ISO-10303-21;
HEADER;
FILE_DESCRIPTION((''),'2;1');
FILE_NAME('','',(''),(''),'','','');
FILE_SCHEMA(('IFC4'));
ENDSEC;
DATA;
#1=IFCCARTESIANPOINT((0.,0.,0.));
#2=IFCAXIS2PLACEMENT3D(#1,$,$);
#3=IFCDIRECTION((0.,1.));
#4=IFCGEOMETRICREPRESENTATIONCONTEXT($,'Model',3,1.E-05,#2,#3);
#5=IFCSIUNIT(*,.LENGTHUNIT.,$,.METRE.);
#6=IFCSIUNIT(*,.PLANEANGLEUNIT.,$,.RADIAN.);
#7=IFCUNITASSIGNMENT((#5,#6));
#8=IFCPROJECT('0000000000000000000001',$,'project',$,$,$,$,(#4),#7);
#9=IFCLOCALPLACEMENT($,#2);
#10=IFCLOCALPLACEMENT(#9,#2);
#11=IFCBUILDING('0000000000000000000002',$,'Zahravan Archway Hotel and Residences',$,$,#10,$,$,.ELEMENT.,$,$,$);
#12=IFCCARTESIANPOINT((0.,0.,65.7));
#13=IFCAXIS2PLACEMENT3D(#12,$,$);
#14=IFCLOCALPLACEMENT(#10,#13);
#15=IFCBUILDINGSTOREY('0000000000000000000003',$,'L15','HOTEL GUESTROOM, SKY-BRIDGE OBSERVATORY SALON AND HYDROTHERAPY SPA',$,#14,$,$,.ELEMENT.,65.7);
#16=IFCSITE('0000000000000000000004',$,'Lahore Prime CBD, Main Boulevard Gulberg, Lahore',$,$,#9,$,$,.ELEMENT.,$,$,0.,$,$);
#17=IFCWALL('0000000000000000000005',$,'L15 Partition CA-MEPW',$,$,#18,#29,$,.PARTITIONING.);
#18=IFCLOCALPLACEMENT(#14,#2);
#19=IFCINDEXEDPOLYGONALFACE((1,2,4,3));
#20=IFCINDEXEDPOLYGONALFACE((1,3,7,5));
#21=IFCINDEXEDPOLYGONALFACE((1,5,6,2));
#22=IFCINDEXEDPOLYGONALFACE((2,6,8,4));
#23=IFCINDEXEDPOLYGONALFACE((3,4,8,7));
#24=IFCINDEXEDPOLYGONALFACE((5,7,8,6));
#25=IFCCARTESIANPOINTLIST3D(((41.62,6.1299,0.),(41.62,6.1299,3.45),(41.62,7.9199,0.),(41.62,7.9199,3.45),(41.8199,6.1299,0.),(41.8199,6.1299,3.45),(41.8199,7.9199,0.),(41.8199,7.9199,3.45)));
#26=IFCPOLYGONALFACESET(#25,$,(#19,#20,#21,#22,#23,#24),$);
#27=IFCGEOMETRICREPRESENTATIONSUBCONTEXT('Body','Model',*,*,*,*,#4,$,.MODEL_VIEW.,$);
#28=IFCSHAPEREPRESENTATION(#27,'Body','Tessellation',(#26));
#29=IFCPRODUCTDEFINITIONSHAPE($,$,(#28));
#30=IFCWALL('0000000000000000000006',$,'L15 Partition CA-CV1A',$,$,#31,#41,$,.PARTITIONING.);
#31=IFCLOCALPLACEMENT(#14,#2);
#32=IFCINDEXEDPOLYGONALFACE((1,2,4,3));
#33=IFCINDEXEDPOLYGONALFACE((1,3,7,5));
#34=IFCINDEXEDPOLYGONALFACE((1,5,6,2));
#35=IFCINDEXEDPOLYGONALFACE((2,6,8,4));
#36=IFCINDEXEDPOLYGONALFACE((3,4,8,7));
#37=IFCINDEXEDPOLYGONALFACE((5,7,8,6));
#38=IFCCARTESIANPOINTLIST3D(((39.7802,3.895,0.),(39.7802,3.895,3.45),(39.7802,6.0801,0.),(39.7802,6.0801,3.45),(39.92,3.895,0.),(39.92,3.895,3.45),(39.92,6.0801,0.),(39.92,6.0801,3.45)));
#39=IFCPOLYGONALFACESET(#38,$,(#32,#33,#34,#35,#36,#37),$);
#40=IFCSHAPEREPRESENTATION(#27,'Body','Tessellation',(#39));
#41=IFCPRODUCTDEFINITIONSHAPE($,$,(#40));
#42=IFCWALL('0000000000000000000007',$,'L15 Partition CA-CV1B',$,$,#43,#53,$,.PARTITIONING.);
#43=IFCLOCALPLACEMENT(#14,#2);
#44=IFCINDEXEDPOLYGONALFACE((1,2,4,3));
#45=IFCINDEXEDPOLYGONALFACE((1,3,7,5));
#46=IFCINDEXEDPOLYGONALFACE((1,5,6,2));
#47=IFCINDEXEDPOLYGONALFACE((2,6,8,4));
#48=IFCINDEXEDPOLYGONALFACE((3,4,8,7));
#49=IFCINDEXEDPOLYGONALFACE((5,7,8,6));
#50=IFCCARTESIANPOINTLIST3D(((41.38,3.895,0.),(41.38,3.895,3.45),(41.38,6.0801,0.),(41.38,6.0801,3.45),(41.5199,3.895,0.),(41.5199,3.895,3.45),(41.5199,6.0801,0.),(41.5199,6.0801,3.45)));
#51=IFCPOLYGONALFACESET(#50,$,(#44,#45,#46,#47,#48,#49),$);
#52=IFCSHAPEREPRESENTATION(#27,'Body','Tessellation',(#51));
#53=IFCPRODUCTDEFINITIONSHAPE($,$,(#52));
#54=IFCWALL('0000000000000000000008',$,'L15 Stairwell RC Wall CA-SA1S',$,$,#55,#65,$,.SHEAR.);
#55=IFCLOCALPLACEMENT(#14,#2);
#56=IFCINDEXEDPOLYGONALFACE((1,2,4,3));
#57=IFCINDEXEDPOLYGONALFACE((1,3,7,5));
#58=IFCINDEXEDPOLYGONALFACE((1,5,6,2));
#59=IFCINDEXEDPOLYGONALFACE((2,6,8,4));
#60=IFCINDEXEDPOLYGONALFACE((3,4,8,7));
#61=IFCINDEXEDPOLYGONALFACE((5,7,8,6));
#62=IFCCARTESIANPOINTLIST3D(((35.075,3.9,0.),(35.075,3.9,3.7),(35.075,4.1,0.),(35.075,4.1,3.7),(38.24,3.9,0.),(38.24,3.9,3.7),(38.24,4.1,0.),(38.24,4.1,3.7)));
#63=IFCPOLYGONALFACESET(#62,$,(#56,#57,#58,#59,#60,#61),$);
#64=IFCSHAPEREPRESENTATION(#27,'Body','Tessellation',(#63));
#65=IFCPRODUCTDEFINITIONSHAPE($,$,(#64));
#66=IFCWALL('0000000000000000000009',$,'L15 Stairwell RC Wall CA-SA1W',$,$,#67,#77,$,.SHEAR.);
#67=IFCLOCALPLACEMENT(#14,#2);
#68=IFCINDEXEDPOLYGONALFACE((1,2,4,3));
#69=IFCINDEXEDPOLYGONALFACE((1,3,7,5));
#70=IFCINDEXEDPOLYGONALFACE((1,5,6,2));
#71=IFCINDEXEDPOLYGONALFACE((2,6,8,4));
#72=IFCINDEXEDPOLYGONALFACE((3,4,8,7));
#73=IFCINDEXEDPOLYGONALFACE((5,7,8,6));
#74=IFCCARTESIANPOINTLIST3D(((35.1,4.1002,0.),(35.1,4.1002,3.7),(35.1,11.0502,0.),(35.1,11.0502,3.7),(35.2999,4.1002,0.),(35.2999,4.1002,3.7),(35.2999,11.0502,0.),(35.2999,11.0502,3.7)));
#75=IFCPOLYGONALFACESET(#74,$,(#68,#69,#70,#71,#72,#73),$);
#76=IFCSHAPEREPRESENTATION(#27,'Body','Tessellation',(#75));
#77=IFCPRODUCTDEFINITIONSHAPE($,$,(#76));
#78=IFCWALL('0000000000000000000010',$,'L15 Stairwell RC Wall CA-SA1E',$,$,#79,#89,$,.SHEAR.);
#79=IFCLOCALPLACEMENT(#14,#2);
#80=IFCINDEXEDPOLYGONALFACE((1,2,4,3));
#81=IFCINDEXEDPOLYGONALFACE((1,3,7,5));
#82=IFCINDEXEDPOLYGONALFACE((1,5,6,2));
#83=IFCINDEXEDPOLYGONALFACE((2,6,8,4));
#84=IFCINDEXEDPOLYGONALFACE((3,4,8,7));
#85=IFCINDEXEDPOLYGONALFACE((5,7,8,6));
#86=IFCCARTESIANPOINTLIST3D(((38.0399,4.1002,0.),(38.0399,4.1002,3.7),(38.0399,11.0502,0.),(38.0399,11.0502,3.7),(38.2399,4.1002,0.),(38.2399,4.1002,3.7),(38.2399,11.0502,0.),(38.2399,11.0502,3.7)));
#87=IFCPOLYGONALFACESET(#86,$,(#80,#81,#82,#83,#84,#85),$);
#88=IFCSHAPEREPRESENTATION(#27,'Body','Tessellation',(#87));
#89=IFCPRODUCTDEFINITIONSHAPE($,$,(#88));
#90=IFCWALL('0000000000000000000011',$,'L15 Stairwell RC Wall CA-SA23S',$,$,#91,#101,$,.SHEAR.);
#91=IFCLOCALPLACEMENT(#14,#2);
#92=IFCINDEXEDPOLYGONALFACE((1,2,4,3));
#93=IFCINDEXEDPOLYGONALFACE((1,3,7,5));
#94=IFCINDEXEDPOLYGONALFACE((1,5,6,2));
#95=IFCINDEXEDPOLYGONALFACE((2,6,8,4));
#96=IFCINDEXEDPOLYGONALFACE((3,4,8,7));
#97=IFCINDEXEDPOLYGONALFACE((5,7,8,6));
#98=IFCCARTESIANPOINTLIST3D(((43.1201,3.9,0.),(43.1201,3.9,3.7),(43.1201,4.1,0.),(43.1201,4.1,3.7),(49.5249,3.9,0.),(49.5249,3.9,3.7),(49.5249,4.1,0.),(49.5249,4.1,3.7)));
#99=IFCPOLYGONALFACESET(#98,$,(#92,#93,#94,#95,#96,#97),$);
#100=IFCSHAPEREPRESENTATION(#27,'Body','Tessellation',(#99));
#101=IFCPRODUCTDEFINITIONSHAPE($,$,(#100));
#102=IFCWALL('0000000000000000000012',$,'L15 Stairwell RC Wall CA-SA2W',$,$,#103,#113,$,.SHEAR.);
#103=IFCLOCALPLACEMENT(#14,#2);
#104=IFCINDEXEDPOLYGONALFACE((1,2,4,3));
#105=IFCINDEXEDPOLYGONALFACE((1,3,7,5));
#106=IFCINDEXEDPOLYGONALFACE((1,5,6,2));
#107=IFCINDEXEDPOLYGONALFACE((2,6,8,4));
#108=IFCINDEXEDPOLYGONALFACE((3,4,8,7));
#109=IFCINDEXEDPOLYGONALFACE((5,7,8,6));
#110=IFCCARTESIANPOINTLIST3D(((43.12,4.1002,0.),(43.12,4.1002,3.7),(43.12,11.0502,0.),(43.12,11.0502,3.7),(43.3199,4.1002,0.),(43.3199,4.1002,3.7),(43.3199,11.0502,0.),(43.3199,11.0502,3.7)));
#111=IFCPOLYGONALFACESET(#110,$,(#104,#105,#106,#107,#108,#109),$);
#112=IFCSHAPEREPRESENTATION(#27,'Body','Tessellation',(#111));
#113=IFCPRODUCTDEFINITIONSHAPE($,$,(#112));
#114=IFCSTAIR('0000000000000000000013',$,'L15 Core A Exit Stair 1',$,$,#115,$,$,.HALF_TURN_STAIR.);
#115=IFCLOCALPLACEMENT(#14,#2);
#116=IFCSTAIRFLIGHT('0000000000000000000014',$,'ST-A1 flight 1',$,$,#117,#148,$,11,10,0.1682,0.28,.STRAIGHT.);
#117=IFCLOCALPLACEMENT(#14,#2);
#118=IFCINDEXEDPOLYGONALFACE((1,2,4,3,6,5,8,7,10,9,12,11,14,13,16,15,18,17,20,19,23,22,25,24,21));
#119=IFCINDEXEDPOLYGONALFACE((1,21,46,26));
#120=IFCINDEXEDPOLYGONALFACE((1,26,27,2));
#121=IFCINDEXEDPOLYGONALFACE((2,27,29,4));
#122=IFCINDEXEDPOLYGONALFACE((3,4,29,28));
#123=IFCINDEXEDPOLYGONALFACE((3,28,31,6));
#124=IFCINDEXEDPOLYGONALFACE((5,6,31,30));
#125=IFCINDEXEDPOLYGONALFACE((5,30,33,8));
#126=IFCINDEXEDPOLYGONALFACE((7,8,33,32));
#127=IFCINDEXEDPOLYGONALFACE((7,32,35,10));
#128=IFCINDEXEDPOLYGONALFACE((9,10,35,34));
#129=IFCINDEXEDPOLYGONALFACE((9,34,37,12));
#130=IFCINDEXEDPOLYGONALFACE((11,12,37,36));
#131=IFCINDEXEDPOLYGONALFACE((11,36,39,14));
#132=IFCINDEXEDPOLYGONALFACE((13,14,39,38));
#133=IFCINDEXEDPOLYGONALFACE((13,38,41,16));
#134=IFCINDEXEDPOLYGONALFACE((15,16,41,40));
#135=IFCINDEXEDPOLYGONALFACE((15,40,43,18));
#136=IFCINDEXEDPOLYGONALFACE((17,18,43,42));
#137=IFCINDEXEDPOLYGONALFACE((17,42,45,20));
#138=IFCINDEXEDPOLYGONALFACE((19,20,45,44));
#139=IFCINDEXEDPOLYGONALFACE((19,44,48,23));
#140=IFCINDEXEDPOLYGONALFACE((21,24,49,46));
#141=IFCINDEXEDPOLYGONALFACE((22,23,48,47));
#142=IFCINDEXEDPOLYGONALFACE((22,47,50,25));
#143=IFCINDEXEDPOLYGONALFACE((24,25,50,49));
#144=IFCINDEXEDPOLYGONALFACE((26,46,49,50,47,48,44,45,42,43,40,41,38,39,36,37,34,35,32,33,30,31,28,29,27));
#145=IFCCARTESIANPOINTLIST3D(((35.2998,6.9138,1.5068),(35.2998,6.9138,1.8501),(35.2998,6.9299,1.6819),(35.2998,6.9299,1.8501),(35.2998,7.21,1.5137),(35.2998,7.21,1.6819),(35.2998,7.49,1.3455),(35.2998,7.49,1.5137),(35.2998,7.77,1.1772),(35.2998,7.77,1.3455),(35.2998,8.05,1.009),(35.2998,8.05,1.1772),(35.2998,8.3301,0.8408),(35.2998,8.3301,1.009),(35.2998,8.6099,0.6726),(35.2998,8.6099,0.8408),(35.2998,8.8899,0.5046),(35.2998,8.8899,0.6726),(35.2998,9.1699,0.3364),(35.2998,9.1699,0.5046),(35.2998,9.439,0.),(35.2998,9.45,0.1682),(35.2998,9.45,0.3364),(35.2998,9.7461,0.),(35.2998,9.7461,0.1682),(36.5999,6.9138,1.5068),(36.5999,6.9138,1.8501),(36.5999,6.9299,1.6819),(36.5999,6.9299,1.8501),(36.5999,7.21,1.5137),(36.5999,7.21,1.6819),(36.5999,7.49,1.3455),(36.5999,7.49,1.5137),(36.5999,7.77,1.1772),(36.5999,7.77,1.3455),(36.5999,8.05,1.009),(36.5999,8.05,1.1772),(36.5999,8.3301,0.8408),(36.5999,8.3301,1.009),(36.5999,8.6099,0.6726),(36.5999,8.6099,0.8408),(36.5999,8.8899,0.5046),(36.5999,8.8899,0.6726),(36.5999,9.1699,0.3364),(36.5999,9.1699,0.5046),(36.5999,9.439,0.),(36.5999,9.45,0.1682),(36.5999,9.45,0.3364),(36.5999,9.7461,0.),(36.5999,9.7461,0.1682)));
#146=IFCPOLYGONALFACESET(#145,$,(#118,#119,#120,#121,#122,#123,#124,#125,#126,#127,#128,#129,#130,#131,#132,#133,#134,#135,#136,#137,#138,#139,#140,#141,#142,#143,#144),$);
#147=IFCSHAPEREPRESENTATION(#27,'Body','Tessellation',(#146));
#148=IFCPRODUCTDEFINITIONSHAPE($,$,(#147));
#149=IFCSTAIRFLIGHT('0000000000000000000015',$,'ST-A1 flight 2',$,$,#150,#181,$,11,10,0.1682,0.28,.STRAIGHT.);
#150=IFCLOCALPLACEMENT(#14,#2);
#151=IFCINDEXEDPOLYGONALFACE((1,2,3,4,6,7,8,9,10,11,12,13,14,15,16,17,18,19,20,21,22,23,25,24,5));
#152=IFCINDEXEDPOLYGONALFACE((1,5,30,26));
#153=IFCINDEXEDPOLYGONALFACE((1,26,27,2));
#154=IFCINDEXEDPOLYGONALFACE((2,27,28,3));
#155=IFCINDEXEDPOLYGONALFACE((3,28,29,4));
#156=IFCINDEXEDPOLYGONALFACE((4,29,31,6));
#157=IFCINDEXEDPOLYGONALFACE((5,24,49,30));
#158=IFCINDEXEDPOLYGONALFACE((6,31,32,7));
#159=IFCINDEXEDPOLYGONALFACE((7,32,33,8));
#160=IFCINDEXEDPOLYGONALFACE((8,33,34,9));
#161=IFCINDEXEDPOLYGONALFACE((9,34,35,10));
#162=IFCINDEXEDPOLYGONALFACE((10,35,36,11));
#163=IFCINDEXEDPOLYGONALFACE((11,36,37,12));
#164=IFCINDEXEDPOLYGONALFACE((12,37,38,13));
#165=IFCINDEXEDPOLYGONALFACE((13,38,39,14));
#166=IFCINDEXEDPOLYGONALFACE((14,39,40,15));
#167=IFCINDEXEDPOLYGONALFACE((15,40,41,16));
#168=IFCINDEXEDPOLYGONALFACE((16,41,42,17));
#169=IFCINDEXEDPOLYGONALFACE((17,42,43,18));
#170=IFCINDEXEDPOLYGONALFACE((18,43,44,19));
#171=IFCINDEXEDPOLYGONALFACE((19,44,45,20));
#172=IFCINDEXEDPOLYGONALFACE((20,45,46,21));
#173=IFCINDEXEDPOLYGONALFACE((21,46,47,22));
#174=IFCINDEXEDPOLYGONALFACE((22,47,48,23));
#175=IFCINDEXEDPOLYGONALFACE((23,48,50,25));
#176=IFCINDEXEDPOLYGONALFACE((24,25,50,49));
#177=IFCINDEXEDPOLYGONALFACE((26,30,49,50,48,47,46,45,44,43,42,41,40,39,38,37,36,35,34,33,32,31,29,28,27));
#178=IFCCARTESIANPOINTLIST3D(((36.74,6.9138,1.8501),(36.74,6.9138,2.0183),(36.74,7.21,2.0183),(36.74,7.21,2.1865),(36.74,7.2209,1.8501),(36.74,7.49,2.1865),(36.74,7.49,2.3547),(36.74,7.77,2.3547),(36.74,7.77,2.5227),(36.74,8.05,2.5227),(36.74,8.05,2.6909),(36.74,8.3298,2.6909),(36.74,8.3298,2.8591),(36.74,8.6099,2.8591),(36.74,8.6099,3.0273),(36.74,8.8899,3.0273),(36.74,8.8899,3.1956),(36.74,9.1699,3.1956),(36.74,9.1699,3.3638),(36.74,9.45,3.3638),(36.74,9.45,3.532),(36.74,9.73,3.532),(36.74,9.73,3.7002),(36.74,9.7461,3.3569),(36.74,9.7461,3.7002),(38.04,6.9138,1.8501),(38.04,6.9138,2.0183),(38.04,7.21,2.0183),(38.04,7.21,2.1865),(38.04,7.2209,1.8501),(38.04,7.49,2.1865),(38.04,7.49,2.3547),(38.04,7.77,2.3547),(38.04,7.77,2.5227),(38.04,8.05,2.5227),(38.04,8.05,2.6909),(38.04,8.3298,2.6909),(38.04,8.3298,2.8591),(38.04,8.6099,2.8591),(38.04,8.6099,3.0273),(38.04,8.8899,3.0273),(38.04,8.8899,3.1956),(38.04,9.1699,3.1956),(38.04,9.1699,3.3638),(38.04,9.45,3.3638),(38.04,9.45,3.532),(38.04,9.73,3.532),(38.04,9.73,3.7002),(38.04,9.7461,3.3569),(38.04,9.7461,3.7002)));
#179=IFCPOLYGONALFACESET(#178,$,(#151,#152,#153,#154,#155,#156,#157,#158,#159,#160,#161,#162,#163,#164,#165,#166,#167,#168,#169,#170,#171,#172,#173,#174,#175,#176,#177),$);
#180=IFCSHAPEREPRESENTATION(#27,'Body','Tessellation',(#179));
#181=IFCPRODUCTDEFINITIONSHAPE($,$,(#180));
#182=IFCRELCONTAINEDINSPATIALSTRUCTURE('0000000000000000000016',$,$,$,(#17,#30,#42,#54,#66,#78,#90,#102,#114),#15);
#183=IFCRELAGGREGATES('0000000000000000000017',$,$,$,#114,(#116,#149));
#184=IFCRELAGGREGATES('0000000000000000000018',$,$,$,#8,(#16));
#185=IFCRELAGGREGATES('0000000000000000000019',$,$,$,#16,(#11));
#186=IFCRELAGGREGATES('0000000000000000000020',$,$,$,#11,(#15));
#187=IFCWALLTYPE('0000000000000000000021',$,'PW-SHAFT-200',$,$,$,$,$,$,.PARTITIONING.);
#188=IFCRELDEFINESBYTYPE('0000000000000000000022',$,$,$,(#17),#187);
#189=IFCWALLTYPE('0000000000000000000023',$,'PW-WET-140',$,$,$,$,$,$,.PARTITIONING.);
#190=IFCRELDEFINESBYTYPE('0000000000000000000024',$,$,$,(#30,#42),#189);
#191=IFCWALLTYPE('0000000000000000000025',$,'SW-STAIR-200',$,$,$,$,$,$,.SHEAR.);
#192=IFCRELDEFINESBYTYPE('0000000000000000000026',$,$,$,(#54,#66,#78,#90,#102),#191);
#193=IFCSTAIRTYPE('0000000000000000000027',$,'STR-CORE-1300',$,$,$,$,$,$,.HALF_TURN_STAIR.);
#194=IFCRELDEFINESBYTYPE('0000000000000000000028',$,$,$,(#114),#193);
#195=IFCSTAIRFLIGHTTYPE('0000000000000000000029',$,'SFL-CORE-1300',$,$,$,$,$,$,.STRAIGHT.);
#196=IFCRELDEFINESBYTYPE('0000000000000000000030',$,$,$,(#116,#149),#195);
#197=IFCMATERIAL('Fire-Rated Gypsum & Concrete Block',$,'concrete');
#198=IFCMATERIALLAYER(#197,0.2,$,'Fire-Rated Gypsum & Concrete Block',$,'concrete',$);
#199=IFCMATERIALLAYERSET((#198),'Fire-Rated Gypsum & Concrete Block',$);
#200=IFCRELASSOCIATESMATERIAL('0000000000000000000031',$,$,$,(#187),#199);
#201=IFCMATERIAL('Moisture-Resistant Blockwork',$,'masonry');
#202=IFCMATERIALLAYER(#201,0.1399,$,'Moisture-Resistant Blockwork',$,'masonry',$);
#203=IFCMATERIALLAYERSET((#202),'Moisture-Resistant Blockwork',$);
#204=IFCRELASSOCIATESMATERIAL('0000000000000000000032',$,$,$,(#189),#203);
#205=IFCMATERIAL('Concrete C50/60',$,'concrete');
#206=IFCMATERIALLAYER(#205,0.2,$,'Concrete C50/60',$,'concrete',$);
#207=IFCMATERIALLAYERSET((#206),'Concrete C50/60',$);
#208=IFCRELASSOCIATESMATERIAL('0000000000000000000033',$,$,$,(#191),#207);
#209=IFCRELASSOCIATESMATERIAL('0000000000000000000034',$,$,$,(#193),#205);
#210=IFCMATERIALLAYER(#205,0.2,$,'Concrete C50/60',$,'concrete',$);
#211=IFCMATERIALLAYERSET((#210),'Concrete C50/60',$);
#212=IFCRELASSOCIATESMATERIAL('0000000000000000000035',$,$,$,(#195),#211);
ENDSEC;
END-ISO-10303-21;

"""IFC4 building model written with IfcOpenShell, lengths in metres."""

from ifc_helpers import new_model, si_unit, direction, frame, frame_2d, origin, place, context, subcontext, project, spatial, polyline, rectangle, outline, extrude, source, transform, mapped, material, layer, layer_set, type_object, element, aggregate, save


model = new_model("IFC4")

# Units and contexts
model_context = context("Model", 3, precision=1e-05, world=origin(), true_north=direction((0.0, 1.0)))
body_context = subcontext(model_context, "Body", "Model", "MODEL_VIEW")
ifc_project = project(units=[si_unit("LENGTHUNIT", "METRE"), si_unit("PLANEANGLEUNIT", "RADIAN")], contexts=[model_context])

# Site, building, storey
site_placement = place(None, origin())
site = spatial("IfcSite", under=ifc_project, at=site_placement, Name="Lahore Prime CBD, Main Boulevard Gulberg, Lahore", CompositionType="ELEMENT", RefElevation=0.0)
building_placement = place(site_placement, origin())
building = spatial("IfcBuilding", under=site, at=building_placement, Name="Zahravan Archway Hotel and Residences", CompositionType="ELEMENT")
storey_placement = place(building_placement, frame((0.0, 0.0, 65.7)))
storey = spatial("IfcBuildingStorey", under=building, at=storey_placement, Name="L15", Description="HOTEL GUESTROOM, SKY-BRIDGE OBSERVATORY SALON AND HYDROTHERAPY SPA", CompositionType="ELEMENT", Elevation=65.7)

# Shared definitions
ifc_material_1 = material(Name="Fire-Rated Gypsum & Concrete Block", Category="concrete")
ifc_layer_1 = layer(ifc_material_1, 0.2, Name="Fire-Rated Gypsum & Concrete Block", Category="concrete")
ifc_layer_set_1 = layer_set([ifc_layer_1], Name="Fire-Rated Gypsum & Concrete Block")
wall_type_1 = type_object("IfcWallType", Name="PW-SHAFT-200", PredefinedType="PARTITIONING", material=ifc_layer_set_1)

# Walls
wall_1_placement = place(storey_placement, frame((41.72, 6.1299, 0.0), z_axis=(0.0, 0.0, 1.0), x_axis=(0.0, 1.0, 0.0)))
element("IfcWall", 1, at=wall_1_placement, inside=storey, type_object=wall_type_1, Name="L15 Partition CA-MEPW", PredefinedType="PARTITIONING", context=body_context, shape_type="SweptSolid", body=[
    extrude(rectangle(XDim=1.79, YDim=0.2, at=frame_2d((0.895, 0.0))), origin(), (0.0, 0.0, 1.0), 3.45),
])
ifc_material_2 = material(Name="Moisture-Resistant Blockwork", Category="masonry")
ifc_layer_2 = layer(ifc_material_2, 0.1399, Name="Moisture-Resistant Blockwork", Category="masonry")
ifc_layer_set_2 = layer_set([ifc_layer_2], Name="Moisture-Resistant Blockwork")
wall_type_2 = type_object("IfcWallType", Name="PW-WET-140", PredefinedType="PARTITIONING", material=ifc_layer_set_2)
for number, where, z_axis, x_axis, name in (
    (2, (39.8501, 3.895, 0.0), (0.0, 0.0, 1.0), (0.0, 1.0, 0.0), "L15 Partition CA-CV1A"),
    (3, (41.45, 3.895, 0.0), (0.0, 0.0, 1.0), (0.0, 1.0, 0.0), "L15 Partition CA-CV1B"),
):
    element("IfcWall", number, at=place(storey_placement, frame(where, z_axis=z_axis, x_axis=x_axis)), inside=storey, type_object=wall_type_2, Name=name, PredefinedType="PARTITIONING", context=body_context, shape_type="SweptSolid", body=[
        extrude(rectangle(XDim=2.1851, YDim=0.1399, at=frame_2d((1.0925, 0.0))), origin(), (0.0, 0.0, 1.0), 3.45),
    ])
ifc_material_3 = material(Name="Concrete C50/60", Category="concrete")
ifc_layer_3 = layer(ifc_material_3, 0.2, Name="Concrete C50/60", Category="concrete")
ifc_layer_set_3 = layer_set([ifc_layer_3], Name="Concrete C50/60")
wall_type_3 = type_object("IfcWallType", Name="SW-STAIR-200", PredefinedType="SHEAR", material=ifc_layer_set_3)
wall_2_placement = place(storey_placement, frame((35.075, 4.0, 0.0), z_axis=(0.0, 0.0, 1.0), x_axis=(1.0, 0.0, 0.0)))
element("IfcWall", 4, at=wall_2_placement, inside=storey, type_object=wall_type_3, Name="L15 Stairwell RC Wall CA-SA1S", PredefinedType="SHEAR", context=body_context, shape_type="SweptSolid", body=[
    extrude(rectangle(XDim=3.165, YDim=0.2, at=frame_2d((1.5825, 0.0))), origin(), (0.0, 0.0, 1.0), 3.7),
])
for number, where, z_axis, x_axis, name in (
    (5, (35.2, 4.1001, 0.0), (0.0, 0.0, 1.0), (0.0, 1.0, 0.0), "L15 Stairwell RC Wall CA-SA1W"),
    (6, (38.1399, 4.1001, 0.0), (0.0, 0.0, 1.0), (0.0, 1.0, 0.0), "L15 Stairwell RC Wall CA-SA1E"),
):
    element("IfcWall", number, at=place(storey_placement, frame(where, z_axis=z_axis, x_axis=x_axis)), inside=storey, type_object=wall_type_3, Name=name, PredefinedType="SHEAR", context=body_context, shape_type="SweptSolid", body=[
        extrude(rectangle(XDim=6.95, YDim=0.2, at=frame_2d((3.4751, 0.0))), origin(), (0.0, 0.0, 1.0), 3.7),
    ])
wall_3_placement = place(storey_placement, frame((43.1201, 4.0, 0.0), z_axis=(0.0, 0.0, 1.0), x_axis=(1.0, 0.0, 0.0)))
element("IfcWall", 7, at=wall_3_placement, inside=storey, type_object=wall_type_3, Name="L15 Stairwell RC Wall CA-SA23S", PredefinedType="SHEAR", context=body_context, shape_type="SweptSolid", body=[
    extrude(rectangle(XDim=6.4048, YDim=0.2, at=frame_2d((3.2024, 0.0))), origin(), (0.0, 0.0, 1.0), 3.7),
])
wall_4_placement = place(storey_placement, frame((43.22, 4.1001, 0.0), z_axis=(0.0, 0.0, 1.0), x_axis=(0.0, 1.0, 0.0)))
element("IfcWall", 8, at=wall_4_placement, inside=storey, type_object=wall_type_3, Name="L15 Stairwell RC Wall CA-SA2W", PredefinedType="SHEAR", context=body_context, shape_type="SweptSolid", body=[
    extrude(rectangle(XDim=6.95, YDim=0.2, at=frame_2d((3.4751, 0.0))), origin(), (0.0, 0.0, 1.0), 3.7),
])

# Stair, stair flights
stair_type = type_object("IfcStairType", Name="STR-CORE-1300", PredefinedType="HALF_TURN_STAIR", material=ifc_material_3)
stair_placement = place(storey_placement, origin())
stair = element("IfcStair", 9, at=stair_placement, inside=storey, type_object=stair_type, Name="L15 Core A Exit Stair 1", PredefinedType="HALF_TURN_STAIR")
ifc_layer_4 = layer(ifc_material_3, 0.2, Name="Concrete C50/60", Category="concrete")
ifc_layer_set_4 = layer_set([ifc_layer_4], Name="Concrete C50/60")
stair_flight_type = type_object("IfcStairFlightType", Name="SFL-CORE-1300", PredefinedType="STRAIGHT", material=ifc_layer_set_4)
shared_shape_1 = source(origin(), body_context, "Body", "SweptSolid", [
    extrude(outline(polyline([(-0.0161, 0.0), (-0.0161, 0.1682), (0.28, 0.1682), (0.28, 0.3364), (0.5601, 0.3364), (0.5601, 0.5046), (0.8401, 0.5046), (0.8401, 0.6726), (1.1201, 0.6726), (1.1201, 0.8408), (1.3999, 0.8408), (1.3999, 1.009), (1.6799, 1.009), (1.6799, 1.1772), (1.96, 1.1772), (1.96, 1.3455), (2.24, 1.3455), (2.24, 1.5137), (2.52, 1.5137), (2.52, 1.6819), (2.8, 1.6819), (2.8, 1.8501), (2.8162, 1.8501), (2.8162, 1.5068), (0.291, 0.0), (-0.0161, 0.0)])), frame((0.0, 0.6499, 0.0), z_axis=(0.0, -1.0, 0.0), x_axis=(1.0, 0.0, 0.0)), (0.0, 0.0, 1.0), 1.3),
])
stair_flight_1_placement = place(storey_placement, frame((35.95, 9.73, 0.0), z_axis=(0.0, 0.0, 1.0), x_axis=(0.0, -1.0, 0.0)))
stair_flight_1 = element("IfcStairFlight", 10, at=stair_flight_1_placement, type_object=stair_flight_type, Name="ST-A1 flight 1", NumberOfRisers=11, NumberOfTreads=10, PredefinedType="STRAIGHT", RiserHeight=0.1682, TreadLength=0.28, context=body_context, shape_type="MappedRepresentation", body=[
    mapped(shared_shape_1, transform((0.0, 0.0, 0.0), scale=1.0)),
])
stair_flight_2_placement = place(storey_placement, frame((37.3899, 6.9299, 1.8501), z_axis=(0.0, 0.0, 1.0), x_axis=(0.0, 1.0, 0.0)))
stair_flight_2 = element("IfcStairFlight", 11, at=stair_flight_2_placement, type_object=stair_flight_type, Name="ST-A1 flight 2", NumberOfRisers=11, NumberOfTreads=10, PredefinedType="STRAIGHT", RiserHeight=0.1682, TreadLength=0.28, context=body_context, shape_type="MappedRepresentation", body=[
    mapped(shared_shape_1, transform((0.0, 0.0, 0.0), scale=1.0)),
])
aggregate(stair, [stair_flight_1, stair_flight_2])

save(model, "model.ifc")
